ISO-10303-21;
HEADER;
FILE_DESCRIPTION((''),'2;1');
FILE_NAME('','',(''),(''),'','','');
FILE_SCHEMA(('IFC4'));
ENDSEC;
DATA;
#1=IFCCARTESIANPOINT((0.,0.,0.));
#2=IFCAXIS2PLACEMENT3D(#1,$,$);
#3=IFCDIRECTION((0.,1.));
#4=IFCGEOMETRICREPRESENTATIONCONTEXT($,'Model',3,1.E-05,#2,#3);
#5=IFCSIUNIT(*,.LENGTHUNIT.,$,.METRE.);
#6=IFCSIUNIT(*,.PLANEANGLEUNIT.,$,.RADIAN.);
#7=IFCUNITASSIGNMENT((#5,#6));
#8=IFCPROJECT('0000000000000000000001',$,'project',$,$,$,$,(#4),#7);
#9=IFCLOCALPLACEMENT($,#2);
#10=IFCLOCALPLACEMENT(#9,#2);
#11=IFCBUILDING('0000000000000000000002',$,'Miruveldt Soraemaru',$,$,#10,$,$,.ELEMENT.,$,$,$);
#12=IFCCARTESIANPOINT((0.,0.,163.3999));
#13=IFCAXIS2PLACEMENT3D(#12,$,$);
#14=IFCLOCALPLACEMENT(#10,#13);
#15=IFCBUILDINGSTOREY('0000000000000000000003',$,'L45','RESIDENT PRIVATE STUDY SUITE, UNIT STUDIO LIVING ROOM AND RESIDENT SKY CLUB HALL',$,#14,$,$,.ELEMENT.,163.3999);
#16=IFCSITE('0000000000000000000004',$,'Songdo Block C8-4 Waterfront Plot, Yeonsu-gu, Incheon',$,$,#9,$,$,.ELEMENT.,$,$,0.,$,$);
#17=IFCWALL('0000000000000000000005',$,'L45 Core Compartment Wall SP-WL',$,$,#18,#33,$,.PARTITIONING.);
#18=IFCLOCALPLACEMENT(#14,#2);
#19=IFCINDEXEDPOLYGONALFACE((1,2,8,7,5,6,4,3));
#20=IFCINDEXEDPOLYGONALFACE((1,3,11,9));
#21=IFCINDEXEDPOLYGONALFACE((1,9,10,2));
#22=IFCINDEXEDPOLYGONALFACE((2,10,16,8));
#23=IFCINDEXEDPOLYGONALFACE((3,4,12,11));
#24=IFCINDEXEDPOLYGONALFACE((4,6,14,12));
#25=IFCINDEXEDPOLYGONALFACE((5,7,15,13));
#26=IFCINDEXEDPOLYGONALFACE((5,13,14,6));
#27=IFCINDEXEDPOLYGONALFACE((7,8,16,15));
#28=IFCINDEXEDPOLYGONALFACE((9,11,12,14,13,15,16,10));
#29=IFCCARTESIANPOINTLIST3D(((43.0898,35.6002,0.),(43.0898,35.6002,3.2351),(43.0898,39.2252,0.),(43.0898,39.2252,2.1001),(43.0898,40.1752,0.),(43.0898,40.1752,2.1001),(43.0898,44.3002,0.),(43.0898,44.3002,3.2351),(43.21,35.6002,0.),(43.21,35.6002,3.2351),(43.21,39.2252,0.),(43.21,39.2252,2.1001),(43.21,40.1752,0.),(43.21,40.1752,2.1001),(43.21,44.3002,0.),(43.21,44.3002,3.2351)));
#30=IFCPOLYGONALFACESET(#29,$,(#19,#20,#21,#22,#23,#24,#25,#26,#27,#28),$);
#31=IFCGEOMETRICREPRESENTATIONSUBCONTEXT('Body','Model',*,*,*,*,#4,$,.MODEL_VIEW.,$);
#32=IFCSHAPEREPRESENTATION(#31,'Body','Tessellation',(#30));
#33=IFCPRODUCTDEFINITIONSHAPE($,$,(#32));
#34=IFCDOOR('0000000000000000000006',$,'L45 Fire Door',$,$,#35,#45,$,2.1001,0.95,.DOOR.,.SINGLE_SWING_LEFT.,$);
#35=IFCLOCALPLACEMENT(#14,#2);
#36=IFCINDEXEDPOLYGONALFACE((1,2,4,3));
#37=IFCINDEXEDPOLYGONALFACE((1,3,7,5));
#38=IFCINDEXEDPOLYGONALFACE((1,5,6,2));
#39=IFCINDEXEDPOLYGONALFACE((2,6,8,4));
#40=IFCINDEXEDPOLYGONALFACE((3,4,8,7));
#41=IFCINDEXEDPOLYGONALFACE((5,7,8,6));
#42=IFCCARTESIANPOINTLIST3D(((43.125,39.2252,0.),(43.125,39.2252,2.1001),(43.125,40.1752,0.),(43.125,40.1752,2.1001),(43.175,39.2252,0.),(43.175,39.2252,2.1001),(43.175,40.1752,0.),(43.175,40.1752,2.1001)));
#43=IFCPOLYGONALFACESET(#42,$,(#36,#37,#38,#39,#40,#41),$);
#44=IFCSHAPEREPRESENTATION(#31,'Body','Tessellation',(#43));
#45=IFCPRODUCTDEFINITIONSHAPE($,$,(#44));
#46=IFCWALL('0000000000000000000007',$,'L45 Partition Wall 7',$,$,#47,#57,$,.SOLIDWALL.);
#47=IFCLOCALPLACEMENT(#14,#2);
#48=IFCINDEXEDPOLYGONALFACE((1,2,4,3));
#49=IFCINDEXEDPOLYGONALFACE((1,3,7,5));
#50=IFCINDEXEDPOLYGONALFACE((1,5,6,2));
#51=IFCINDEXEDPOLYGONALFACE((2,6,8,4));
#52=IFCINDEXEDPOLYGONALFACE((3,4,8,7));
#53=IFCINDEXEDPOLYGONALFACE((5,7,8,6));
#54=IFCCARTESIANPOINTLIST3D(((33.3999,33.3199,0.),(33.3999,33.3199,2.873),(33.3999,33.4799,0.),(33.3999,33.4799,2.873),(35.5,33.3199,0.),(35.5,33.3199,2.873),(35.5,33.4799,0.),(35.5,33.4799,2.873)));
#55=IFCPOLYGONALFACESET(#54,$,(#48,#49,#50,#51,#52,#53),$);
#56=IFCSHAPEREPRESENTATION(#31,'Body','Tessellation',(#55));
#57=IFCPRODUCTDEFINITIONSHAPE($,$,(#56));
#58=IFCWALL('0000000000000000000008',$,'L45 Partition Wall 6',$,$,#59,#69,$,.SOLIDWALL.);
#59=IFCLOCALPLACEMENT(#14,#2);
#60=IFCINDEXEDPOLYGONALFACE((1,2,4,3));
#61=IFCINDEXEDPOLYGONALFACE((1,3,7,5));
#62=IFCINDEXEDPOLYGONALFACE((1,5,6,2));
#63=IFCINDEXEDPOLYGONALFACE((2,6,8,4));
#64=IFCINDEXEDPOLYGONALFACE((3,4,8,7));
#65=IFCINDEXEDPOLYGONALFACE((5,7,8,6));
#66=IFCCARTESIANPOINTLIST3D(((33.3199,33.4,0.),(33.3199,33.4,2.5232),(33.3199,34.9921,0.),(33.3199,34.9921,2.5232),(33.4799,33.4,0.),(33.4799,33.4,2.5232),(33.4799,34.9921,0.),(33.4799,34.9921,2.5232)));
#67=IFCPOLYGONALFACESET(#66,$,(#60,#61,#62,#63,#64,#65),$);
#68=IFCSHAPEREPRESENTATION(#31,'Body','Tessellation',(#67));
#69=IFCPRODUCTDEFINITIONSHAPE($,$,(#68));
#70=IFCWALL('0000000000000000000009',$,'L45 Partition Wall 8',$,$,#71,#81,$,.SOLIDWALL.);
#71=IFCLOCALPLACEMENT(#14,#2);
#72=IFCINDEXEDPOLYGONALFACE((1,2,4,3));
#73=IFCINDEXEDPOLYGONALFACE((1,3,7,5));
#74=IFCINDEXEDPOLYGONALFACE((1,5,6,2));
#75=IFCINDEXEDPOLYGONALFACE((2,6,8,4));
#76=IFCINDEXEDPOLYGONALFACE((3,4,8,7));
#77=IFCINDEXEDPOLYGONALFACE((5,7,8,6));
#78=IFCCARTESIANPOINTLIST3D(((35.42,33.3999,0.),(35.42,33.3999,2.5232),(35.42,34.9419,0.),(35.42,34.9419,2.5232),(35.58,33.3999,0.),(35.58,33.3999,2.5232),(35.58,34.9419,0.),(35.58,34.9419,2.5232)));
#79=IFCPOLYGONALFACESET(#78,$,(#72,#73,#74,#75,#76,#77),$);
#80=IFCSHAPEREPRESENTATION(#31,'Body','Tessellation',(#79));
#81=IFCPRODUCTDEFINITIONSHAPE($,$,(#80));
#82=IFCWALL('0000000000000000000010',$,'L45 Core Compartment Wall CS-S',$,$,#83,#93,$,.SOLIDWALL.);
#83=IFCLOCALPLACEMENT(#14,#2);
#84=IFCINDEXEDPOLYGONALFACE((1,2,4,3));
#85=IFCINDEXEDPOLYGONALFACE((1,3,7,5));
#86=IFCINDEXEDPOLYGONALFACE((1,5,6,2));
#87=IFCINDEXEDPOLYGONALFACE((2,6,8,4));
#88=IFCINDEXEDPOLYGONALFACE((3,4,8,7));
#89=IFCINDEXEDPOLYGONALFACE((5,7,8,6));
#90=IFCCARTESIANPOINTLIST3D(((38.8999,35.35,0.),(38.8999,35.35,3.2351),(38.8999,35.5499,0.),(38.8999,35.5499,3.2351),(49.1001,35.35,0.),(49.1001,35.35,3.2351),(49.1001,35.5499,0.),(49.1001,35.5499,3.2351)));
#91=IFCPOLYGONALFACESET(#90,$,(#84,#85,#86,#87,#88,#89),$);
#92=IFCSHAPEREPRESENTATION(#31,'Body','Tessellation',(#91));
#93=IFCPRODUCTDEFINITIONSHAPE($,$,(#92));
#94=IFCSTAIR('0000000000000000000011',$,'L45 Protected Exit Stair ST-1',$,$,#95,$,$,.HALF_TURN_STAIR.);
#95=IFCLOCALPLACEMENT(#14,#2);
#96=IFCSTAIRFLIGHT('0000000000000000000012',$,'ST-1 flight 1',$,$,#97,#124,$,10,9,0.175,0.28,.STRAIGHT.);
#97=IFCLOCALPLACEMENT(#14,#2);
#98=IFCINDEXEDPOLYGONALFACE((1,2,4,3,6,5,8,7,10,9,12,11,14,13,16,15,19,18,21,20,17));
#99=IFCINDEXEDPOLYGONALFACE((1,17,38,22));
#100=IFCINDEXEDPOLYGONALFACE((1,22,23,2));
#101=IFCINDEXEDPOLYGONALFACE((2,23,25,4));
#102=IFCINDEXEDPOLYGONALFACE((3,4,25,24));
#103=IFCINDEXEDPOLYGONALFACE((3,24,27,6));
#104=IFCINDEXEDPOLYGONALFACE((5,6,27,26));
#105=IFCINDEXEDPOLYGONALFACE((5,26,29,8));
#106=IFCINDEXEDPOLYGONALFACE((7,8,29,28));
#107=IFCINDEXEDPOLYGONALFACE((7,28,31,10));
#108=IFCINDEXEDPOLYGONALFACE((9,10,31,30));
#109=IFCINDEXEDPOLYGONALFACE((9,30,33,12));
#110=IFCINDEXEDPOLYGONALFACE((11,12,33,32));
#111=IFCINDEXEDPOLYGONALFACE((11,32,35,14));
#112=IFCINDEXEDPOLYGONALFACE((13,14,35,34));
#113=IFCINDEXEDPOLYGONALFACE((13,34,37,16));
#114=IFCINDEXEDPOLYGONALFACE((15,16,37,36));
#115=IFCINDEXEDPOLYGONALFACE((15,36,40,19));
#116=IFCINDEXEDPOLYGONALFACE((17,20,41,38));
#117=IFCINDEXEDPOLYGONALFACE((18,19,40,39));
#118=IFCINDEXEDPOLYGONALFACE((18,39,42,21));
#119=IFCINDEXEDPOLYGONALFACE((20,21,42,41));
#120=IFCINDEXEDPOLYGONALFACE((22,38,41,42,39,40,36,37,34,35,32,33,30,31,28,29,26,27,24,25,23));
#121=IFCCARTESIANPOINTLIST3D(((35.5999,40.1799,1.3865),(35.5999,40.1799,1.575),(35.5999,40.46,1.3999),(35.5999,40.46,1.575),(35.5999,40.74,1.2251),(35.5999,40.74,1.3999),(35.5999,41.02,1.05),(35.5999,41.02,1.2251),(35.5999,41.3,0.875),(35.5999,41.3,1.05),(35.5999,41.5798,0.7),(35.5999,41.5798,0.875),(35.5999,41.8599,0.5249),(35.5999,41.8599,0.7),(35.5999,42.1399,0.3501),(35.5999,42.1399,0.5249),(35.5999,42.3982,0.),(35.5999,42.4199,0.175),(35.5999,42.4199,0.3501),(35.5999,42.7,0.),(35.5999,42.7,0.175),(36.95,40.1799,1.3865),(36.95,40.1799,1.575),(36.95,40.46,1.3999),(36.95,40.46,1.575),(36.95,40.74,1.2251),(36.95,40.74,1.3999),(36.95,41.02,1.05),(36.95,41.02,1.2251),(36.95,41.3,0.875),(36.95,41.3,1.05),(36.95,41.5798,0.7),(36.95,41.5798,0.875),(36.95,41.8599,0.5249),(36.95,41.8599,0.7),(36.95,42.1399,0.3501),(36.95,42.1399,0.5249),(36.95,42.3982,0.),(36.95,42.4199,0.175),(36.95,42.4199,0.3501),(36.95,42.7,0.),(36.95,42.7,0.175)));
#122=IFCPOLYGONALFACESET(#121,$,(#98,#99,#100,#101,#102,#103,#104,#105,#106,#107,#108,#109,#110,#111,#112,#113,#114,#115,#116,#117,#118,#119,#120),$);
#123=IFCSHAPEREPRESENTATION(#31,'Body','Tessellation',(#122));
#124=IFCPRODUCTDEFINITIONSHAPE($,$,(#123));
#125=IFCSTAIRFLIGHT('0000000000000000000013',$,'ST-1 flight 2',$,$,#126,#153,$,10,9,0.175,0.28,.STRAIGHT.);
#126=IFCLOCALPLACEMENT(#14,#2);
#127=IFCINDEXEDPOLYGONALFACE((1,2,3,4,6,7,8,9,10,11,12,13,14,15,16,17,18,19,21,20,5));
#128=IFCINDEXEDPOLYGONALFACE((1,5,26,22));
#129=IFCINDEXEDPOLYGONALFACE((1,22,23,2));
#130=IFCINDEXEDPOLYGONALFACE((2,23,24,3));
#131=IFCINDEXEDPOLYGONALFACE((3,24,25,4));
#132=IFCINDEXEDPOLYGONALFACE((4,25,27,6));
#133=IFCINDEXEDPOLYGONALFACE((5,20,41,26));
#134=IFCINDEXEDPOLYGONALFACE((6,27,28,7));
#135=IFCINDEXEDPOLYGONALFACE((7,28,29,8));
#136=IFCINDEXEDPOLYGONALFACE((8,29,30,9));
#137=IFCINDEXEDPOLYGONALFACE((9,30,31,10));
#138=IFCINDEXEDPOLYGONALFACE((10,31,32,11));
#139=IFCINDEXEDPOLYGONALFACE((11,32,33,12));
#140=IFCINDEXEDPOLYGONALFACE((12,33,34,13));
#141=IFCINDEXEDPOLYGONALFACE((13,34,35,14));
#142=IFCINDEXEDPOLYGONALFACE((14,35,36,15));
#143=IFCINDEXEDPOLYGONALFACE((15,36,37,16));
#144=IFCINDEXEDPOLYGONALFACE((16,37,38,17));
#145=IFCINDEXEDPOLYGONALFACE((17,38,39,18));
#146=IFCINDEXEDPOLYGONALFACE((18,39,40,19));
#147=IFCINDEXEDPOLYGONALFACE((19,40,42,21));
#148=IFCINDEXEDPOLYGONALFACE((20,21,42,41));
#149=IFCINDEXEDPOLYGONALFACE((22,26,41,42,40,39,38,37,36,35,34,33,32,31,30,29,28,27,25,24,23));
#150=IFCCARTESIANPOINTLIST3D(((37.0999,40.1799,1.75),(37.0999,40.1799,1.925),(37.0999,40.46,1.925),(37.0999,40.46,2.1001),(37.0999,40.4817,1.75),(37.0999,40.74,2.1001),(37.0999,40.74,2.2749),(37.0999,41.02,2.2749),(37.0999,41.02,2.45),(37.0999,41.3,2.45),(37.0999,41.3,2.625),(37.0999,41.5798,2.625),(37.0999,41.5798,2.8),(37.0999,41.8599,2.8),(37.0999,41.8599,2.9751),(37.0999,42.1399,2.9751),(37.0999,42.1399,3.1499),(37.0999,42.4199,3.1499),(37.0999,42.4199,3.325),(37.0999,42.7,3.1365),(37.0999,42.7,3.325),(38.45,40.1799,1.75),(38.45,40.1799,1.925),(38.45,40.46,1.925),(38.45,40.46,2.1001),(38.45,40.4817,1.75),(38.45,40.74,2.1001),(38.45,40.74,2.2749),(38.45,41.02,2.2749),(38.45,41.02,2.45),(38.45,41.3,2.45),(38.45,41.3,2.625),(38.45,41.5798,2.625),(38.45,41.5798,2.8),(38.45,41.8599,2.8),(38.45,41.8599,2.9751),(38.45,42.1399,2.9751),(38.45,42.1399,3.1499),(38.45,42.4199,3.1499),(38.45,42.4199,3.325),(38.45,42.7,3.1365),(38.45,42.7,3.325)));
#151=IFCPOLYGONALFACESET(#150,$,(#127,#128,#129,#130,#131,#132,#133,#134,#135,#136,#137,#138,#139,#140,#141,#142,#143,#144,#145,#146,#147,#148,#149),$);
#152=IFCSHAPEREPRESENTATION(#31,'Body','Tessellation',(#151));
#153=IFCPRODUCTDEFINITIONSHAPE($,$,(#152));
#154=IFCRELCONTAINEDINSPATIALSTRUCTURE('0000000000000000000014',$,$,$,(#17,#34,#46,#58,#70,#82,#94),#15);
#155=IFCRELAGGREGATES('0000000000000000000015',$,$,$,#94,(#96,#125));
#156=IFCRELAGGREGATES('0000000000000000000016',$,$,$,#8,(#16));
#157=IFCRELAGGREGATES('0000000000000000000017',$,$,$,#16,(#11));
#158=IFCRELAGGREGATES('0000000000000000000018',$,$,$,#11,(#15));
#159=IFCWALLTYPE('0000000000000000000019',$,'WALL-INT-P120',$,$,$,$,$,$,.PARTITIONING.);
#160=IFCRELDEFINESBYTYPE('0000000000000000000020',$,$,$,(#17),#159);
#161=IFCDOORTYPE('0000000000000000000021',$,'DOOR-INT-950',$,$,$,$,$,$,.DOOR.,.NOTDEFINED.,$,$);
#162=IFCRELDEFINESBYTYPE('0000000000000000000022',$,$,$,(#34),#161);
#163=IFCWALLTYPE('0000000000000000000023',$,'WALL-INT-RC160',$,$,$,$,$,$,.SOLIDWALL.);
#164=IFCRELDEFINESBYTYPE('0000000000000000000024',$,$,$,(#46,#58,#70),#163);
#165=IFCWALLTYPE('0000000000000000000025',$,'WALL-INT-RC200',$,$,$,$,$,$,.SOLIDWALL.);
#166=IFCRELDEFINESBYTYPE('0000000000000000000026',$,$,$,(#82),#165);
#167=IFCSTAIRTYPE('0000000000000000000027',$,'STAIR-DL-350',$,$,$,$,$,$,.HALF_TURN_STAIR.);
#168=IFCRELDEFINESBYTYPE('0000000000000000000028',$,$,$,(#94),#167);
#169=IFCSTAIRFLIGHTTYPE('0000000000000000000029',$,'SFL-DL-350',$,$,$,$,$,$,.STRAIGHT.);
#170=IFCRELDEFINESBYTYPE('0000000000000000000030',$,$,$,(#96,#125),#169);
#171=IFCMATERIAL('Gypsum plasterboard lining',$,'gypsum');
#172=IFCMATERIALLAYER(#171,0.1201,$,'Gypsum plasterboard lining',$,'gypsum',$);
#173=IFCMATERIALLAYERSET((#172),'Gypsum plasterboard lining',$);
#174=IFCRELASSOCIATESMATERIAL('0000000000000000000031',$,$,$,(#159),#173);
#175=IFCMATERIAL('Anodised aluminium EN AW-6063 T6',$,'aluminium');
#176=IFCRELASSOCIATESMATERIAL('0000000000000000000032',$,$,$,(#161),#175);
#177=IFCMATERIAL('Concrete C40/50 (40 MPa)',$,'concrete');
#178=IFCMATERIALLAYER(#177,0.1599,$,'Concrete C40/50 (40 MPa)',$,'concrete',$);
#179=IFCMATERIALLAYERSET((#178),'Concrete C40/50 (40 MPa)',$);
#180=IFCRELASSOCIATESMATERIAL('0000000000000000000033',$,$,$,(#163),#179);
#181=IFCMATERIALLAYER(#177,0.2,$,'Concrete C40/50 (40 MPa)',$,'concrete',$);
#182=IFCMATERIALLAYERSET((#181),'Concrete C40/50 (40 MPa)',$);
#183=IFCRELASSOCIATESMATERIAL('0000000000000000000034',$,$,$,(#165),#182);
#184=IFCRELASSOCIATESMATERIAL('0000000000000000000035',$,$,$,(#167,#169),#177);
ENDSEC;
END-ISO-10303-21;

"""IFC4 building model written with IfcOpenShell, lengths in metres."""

from ifc_helpers import new_model, si_unit, direction, frame, frame_2d, origin, place, context, subcontext, project, spatial, polyline, rectangle, outline, extrude, material, layer, layer_set, type_object, element, fill, aggregate, save


model = new_model("IFC4")

# Units and contexts
model_context = context("Model", 3, precision=1e-05, world=origin(), true_north=direction((0.0, 1.0)))
body_context = subcontext(model_context, "Body", "Model", "MODEL_VIEW")
ifc_project = project(units=[si_unit("LENGTHUNIT", "METRE"), si_unit("PLANEANGLEUNIT", "RADIAN")], contexts=[model_context])

# Site, building, storey
site_placement = place(None, origin())
site = spatial("IfcSite", under=ifc_project, at=site_placement, Name="Songdo Block C8-4 Waterfront Plot, Yeonsu-gu, Incheon", CompositionType="ELEMENT", RefElevation=0.0)
building_placement = place(site_placement, origin())
building = spatial("IfcBuilding", under=site, at=building_placement, Name="Miruveldt Soraemaru", CompositionType="ELEMENT")
storey_placement = place(building_placement, frame((0.0, 0.0, 163.3999)))
storey = spatial("IfcBuildingStorey", under=building, at=storey_placement, Name="L45", Description="RESIDENT PRIVATE STUDY SUITE, UNIT STUDIO LIVING ROOM AND RESIDENT SKY CLUB HALL", CompositionType="ELEMENT", Elevation=163.3999)

# Wall, opening, door
ifc_material_1 = material(Name="Gypsum plasterboard lining", Category="gypsum")
ifc_layer_1 = layer(ifc_material_1, 0.1201, Name="Gypsum plasterboard lining", Category="gypsum")
ifc_layer_set_1 = layer_set([ifc_layer_1], Name="Gypsum plasterboard lining")
wall_type_1 = type_object("IfcWallType", Name="WALL-INT-P120", PredefinedType="PARTITIONING", material=ifc_layer_set_1)
wall_1_placement = place(storey_placement, frame((43.1499, 35.6001, 0.0), z_axis=(0.0, 0.0, 1.0), x_axis=(0.0, 1.0, 0.0)))
wall_1 = element("IfcWall", 1, at=wall_1_placement, inside=storey, type_object=wall_type_1, Name="L45 Core Compartment Wall SP-WL", PredefinedType="PARTITIONING", context=body_context, shape_type="SweptSolid", body=[
    extrude(rectangle(XDim=8.7, YDim=0.1201, at=frame_2d((4.3501, 0.0))), origin(), (0.0, 0.0, 1.0), 3.2351),
])
opening_1_placement = place(wall_1_placement, frame((3.625, 0.0, 0.0)))
opening_1 = element("IfcOpeningElement", 2, at=opening_1_placement, cuts=wall_1, PredefinedType="OPENING", context=body_context, shape_type="SweptSolid", body=[
    extrude(rectangle(XDim=0.95, YDim=2.1001, at=frame_2d((0.4751, 1.05))), frame((0.0, 0.0701, 0.0), z_axis=(0.0, -1.0, 0.0), x_axis=(1.0, 0.0, 0.0)), (0.0, 0.0, 1.0), 0.1401),
])
ifc_material_2 = material(Name="Anodised aluminium EN AW-6063 T6", Category="aluminium")
door_type = type_object("IfcDoorType", Name="DOOR-INT-950", OperationType="NOTDEFINED", PredefinedType="DOOR", material=ifc_material_2)
door_placement = place(opening_1_placement, origin())
door = element("IfcDoor", 3, at=door_placement, inside=storey, type_object=door_type, Name="L45 Fire Door", OperationType="SINGLE_SWING_LEFT", OverallHeight=2.1001, OverallWidth=0.95, PredefinedType="DOOR", context=body_context, shape_type="SweptSolid", body=[
    extrude(rectangle(XDim=0.95, YDim=2.1001, at=frame_2d((0.4751, 1.05))), frame((0.0, 0.0249, 0.0), z_axis=(0.0, -1.0, 0.0), x_axis=(1.0, 0.0, 0.0)), (0.0, 0.0, 1.0), 0.05),
])
fill(opening_1, door)

# Walls
ifc_material_3 = material(Name="Concrete C40/50 (40 MPa)", Category="concrete")
ifc_layer_2 = layer(ifc_material_3, 0.1599, Name="Concrete C40/50 (40 MPa)", Category="concrete")
ifc_layer_set_2 = layer_set([ifc_layer_2], Name="Concrete C40/50 (40 MPa)")
wall_type_2 = type_object("IfcWallType", Name="WALL-INT-RC160", PredefinedType="SOLIDWALL", material=ifc_layer_set_2)
wall_2_placement = place(storey_placement, frame((33.3999, 33.3999, 0.0), z_axis=(0.0, 0.0, 1.0), x_axis=(1.0, 0.0, 0.0)))
element("IfcWall", 4, at=wall_2_placement, inside=storey, type_object=wall_type_2, Name="L45 Partition Wall 7", PredefinedType="SOLIDWALL", context=body_context, shape_type="SweptSolid", body=[
    extrude(rectangle(XDim=2.1001, YDim=0.1599, at=frame_2d((1.05, 0.0))), origin(), (0.0, 0.0, 1.0), 2.873),
])
wall_3_placement = place(storey_placement, frame((33.3999, 34.9919, 0.0), z_axis=(0.0, 0.0, 1.0), x_axis=(0.0, -1.0, 0.0)))
element("IfcWall", 5, at=wall_3_placement, inside=storey, type_object=wall_type_2, Name="L45 Partition Wall 6", PredefinedType="SOLIDWALL", context=body_context, shape_type="SweptSolid", body=[
    extrude(rectangle(XDim=1.592, YDim=0.1599, at=frame_2d((0.7959, 0.0))), origin(), (0.0, 0.0, 1.0), 2.5232),
])
wall_4_placement = place(storey_placement, frame((35.5, 33.3999, 0.0), z_axis=(0.0, 0.0, 1.0), x_axis=(0.0, 1.0, 0.0)))
element("IfcWall", 6, at=wall_4_placement, inside=storey, type_object=wall_type_2, Name="L45 Partition Wall 8", PredefinedType="SOLIDWALL", context=body_context, shape_type="SweptSolid", body=[
    extrude(rectangle(XDim=1.542, YDim=0.1599, at=frame_2d((0.771, 0.0))), origin(), (0.0, 0.0, 1.0), 2.5232),
])
ifc_layer_3 = layer(ifc_material_3, 0.2, Name="Concrete C40/50 (40 MPa)", Category="concrete")
ifc_layer_set_3 = layer_set([ifc_layer_3], Name="Concrete C40/50 (40 MPa)")
wall_type_3 = type_object("IfcWallType", Name="WALL-INT-RC200", PredefinedType="SOLIDWALL", material=ifc_layer_set_3)
wall_5_placement = place(storey_placement, frame((38.8999, 35.45, 0.0), z_axis=(0.0, 0.0, 1.0), x_axis=(1.0, 0.0, 0.0)))
element("IfcWall", 7, at=wall_5_placement, inside=storey, type_object=wall_type_3, Name="L45 Core Compartment Wall CS-S", PredefinedType="SOLIDWALL", context=body_context, shape_type="SweptSolid", body=[
    extrude(rectangle(XDim=10.2002, YDim=0.2, at=frame_2d((5.1001, 0.0))), origin(), (0.0, 0.0, 1.0), 3.2351),
])

# Stair, stair flights
stair_type = type_object("IfcStairType", Name="STAIR-DL-350", PredefinedType="HALF_TURN_STAIR", material=ifc_material_3)
stair_placement = place(storey_placement, origin())
stair = element("IfcStair", 8, at=stair_placement, inside=storey, type_object=stair_type, Name="L45 Protected Exit Stair ST-1", PredefinedType="HALF_TURN_STAIR")
stair_flight_type = type_object("IfcStairFlightType", Name="SFL-DL-350", PredefinedType="STRAIGHT", material=ifc_material_3)
stair_flight_1_placement = place(storey_placement, frame((36.2749, 42.7, 0.0), z_axis=(0.0, 0.0, 1.0), x_axis=(0.0, -1.0, 0.0)))
stair_flight_1 = element("IfcStairFlight", 9, at=stair_flight_1_placement, type_object=stair_flight_type, Name="ST-1 flight 1", NumberOfRisers=10, NumberOfTreads=9, PredefinedType="STRAIGHT", RiserHeight=0.175, TreadLength=0.28, context=body_context, shape_type="SweptSolid", body=[
    extrude(outline(polyline([(0.0, 0.0), (0.0, 0.175), (0.28, 0.175), (0.28, 0.3501), (0.5601, 0.3501), (0.5601, 0.5249), (0.8401, 0.5249), (0.8401, 0.7), (1.1201, 0.7), (1.1201, 0.875), (1.3999, 0.875), (1.3999, 1.05), (1.6799, 1.05), (1.6799, 1.2251), (1.96, 1.2251), (1.96, 1.3999), (2.24, 1.3999), (2.24, 1.575), (2.52, 1.575), (2.52, 1.75), (2.52, 1.3865), (0.3018, 0.0), (0.0, 0.0)])), frame((0.0, 0.675, 0.0), z_axis=(0.0, -1.0, 0.0), x_axis=(1.0, 0.0, 0.0)), (0.0, 0.0, 1.0), 1.3501),
])
stair_flight_2_placement = place(storey_placement, frame((37.7749, 40.1799, 1.75), z_axis=(0.0, 0.0, 1.0), x_axis=(0.0, 1.0, 0.0)))
stair_flight_2 = element("IfcStairFlight", 10, at=stair_flight_2_placement, type_object=stair_flight_type, Name="ST-1 flight 2", NumberOfRisers=10, NumberOfTreads=9, PredefinedType="STRAIGHT", RiserHeight=0.175, TreadLength=0.28, context=body_context, shape_type="SweptSolid", body=[
    extrude(outline(polyline([(0.0, 0.0), (0.0, 0.175), (0.28, 0.175), (0.28, 0.3501), (0.5601, 0.3501), (0.5601, 0.5249), (0.8401, 0.5249), (0.8401, 0.7), (1.1201, 0.7), (1.1201, 0.875), (1.3999, 0.875), (1.3999, 1.05), (1.6799, 1.05), (1.6799, 1.2251), (1.96, 1.2251), (1.96, 1.3999), (2.24, 1.3999), (2.24, 1.575), (2.52, 1.575), (2.52, 1.75), (2.52, 1.3865), (0.3018, 0.0), (0.0, 0.0)])), frame((0.0, 0.675, 0.0), z_axis=(0.0, -1.0, 0.0), x_axis=(1.0, 0.0, 0.0)), (0.0, 0.0, 1.0), 1.3501),
])
aggregate(stair, [stair_flight_1, stair_flight_2])

save(model, "model.ifc")
